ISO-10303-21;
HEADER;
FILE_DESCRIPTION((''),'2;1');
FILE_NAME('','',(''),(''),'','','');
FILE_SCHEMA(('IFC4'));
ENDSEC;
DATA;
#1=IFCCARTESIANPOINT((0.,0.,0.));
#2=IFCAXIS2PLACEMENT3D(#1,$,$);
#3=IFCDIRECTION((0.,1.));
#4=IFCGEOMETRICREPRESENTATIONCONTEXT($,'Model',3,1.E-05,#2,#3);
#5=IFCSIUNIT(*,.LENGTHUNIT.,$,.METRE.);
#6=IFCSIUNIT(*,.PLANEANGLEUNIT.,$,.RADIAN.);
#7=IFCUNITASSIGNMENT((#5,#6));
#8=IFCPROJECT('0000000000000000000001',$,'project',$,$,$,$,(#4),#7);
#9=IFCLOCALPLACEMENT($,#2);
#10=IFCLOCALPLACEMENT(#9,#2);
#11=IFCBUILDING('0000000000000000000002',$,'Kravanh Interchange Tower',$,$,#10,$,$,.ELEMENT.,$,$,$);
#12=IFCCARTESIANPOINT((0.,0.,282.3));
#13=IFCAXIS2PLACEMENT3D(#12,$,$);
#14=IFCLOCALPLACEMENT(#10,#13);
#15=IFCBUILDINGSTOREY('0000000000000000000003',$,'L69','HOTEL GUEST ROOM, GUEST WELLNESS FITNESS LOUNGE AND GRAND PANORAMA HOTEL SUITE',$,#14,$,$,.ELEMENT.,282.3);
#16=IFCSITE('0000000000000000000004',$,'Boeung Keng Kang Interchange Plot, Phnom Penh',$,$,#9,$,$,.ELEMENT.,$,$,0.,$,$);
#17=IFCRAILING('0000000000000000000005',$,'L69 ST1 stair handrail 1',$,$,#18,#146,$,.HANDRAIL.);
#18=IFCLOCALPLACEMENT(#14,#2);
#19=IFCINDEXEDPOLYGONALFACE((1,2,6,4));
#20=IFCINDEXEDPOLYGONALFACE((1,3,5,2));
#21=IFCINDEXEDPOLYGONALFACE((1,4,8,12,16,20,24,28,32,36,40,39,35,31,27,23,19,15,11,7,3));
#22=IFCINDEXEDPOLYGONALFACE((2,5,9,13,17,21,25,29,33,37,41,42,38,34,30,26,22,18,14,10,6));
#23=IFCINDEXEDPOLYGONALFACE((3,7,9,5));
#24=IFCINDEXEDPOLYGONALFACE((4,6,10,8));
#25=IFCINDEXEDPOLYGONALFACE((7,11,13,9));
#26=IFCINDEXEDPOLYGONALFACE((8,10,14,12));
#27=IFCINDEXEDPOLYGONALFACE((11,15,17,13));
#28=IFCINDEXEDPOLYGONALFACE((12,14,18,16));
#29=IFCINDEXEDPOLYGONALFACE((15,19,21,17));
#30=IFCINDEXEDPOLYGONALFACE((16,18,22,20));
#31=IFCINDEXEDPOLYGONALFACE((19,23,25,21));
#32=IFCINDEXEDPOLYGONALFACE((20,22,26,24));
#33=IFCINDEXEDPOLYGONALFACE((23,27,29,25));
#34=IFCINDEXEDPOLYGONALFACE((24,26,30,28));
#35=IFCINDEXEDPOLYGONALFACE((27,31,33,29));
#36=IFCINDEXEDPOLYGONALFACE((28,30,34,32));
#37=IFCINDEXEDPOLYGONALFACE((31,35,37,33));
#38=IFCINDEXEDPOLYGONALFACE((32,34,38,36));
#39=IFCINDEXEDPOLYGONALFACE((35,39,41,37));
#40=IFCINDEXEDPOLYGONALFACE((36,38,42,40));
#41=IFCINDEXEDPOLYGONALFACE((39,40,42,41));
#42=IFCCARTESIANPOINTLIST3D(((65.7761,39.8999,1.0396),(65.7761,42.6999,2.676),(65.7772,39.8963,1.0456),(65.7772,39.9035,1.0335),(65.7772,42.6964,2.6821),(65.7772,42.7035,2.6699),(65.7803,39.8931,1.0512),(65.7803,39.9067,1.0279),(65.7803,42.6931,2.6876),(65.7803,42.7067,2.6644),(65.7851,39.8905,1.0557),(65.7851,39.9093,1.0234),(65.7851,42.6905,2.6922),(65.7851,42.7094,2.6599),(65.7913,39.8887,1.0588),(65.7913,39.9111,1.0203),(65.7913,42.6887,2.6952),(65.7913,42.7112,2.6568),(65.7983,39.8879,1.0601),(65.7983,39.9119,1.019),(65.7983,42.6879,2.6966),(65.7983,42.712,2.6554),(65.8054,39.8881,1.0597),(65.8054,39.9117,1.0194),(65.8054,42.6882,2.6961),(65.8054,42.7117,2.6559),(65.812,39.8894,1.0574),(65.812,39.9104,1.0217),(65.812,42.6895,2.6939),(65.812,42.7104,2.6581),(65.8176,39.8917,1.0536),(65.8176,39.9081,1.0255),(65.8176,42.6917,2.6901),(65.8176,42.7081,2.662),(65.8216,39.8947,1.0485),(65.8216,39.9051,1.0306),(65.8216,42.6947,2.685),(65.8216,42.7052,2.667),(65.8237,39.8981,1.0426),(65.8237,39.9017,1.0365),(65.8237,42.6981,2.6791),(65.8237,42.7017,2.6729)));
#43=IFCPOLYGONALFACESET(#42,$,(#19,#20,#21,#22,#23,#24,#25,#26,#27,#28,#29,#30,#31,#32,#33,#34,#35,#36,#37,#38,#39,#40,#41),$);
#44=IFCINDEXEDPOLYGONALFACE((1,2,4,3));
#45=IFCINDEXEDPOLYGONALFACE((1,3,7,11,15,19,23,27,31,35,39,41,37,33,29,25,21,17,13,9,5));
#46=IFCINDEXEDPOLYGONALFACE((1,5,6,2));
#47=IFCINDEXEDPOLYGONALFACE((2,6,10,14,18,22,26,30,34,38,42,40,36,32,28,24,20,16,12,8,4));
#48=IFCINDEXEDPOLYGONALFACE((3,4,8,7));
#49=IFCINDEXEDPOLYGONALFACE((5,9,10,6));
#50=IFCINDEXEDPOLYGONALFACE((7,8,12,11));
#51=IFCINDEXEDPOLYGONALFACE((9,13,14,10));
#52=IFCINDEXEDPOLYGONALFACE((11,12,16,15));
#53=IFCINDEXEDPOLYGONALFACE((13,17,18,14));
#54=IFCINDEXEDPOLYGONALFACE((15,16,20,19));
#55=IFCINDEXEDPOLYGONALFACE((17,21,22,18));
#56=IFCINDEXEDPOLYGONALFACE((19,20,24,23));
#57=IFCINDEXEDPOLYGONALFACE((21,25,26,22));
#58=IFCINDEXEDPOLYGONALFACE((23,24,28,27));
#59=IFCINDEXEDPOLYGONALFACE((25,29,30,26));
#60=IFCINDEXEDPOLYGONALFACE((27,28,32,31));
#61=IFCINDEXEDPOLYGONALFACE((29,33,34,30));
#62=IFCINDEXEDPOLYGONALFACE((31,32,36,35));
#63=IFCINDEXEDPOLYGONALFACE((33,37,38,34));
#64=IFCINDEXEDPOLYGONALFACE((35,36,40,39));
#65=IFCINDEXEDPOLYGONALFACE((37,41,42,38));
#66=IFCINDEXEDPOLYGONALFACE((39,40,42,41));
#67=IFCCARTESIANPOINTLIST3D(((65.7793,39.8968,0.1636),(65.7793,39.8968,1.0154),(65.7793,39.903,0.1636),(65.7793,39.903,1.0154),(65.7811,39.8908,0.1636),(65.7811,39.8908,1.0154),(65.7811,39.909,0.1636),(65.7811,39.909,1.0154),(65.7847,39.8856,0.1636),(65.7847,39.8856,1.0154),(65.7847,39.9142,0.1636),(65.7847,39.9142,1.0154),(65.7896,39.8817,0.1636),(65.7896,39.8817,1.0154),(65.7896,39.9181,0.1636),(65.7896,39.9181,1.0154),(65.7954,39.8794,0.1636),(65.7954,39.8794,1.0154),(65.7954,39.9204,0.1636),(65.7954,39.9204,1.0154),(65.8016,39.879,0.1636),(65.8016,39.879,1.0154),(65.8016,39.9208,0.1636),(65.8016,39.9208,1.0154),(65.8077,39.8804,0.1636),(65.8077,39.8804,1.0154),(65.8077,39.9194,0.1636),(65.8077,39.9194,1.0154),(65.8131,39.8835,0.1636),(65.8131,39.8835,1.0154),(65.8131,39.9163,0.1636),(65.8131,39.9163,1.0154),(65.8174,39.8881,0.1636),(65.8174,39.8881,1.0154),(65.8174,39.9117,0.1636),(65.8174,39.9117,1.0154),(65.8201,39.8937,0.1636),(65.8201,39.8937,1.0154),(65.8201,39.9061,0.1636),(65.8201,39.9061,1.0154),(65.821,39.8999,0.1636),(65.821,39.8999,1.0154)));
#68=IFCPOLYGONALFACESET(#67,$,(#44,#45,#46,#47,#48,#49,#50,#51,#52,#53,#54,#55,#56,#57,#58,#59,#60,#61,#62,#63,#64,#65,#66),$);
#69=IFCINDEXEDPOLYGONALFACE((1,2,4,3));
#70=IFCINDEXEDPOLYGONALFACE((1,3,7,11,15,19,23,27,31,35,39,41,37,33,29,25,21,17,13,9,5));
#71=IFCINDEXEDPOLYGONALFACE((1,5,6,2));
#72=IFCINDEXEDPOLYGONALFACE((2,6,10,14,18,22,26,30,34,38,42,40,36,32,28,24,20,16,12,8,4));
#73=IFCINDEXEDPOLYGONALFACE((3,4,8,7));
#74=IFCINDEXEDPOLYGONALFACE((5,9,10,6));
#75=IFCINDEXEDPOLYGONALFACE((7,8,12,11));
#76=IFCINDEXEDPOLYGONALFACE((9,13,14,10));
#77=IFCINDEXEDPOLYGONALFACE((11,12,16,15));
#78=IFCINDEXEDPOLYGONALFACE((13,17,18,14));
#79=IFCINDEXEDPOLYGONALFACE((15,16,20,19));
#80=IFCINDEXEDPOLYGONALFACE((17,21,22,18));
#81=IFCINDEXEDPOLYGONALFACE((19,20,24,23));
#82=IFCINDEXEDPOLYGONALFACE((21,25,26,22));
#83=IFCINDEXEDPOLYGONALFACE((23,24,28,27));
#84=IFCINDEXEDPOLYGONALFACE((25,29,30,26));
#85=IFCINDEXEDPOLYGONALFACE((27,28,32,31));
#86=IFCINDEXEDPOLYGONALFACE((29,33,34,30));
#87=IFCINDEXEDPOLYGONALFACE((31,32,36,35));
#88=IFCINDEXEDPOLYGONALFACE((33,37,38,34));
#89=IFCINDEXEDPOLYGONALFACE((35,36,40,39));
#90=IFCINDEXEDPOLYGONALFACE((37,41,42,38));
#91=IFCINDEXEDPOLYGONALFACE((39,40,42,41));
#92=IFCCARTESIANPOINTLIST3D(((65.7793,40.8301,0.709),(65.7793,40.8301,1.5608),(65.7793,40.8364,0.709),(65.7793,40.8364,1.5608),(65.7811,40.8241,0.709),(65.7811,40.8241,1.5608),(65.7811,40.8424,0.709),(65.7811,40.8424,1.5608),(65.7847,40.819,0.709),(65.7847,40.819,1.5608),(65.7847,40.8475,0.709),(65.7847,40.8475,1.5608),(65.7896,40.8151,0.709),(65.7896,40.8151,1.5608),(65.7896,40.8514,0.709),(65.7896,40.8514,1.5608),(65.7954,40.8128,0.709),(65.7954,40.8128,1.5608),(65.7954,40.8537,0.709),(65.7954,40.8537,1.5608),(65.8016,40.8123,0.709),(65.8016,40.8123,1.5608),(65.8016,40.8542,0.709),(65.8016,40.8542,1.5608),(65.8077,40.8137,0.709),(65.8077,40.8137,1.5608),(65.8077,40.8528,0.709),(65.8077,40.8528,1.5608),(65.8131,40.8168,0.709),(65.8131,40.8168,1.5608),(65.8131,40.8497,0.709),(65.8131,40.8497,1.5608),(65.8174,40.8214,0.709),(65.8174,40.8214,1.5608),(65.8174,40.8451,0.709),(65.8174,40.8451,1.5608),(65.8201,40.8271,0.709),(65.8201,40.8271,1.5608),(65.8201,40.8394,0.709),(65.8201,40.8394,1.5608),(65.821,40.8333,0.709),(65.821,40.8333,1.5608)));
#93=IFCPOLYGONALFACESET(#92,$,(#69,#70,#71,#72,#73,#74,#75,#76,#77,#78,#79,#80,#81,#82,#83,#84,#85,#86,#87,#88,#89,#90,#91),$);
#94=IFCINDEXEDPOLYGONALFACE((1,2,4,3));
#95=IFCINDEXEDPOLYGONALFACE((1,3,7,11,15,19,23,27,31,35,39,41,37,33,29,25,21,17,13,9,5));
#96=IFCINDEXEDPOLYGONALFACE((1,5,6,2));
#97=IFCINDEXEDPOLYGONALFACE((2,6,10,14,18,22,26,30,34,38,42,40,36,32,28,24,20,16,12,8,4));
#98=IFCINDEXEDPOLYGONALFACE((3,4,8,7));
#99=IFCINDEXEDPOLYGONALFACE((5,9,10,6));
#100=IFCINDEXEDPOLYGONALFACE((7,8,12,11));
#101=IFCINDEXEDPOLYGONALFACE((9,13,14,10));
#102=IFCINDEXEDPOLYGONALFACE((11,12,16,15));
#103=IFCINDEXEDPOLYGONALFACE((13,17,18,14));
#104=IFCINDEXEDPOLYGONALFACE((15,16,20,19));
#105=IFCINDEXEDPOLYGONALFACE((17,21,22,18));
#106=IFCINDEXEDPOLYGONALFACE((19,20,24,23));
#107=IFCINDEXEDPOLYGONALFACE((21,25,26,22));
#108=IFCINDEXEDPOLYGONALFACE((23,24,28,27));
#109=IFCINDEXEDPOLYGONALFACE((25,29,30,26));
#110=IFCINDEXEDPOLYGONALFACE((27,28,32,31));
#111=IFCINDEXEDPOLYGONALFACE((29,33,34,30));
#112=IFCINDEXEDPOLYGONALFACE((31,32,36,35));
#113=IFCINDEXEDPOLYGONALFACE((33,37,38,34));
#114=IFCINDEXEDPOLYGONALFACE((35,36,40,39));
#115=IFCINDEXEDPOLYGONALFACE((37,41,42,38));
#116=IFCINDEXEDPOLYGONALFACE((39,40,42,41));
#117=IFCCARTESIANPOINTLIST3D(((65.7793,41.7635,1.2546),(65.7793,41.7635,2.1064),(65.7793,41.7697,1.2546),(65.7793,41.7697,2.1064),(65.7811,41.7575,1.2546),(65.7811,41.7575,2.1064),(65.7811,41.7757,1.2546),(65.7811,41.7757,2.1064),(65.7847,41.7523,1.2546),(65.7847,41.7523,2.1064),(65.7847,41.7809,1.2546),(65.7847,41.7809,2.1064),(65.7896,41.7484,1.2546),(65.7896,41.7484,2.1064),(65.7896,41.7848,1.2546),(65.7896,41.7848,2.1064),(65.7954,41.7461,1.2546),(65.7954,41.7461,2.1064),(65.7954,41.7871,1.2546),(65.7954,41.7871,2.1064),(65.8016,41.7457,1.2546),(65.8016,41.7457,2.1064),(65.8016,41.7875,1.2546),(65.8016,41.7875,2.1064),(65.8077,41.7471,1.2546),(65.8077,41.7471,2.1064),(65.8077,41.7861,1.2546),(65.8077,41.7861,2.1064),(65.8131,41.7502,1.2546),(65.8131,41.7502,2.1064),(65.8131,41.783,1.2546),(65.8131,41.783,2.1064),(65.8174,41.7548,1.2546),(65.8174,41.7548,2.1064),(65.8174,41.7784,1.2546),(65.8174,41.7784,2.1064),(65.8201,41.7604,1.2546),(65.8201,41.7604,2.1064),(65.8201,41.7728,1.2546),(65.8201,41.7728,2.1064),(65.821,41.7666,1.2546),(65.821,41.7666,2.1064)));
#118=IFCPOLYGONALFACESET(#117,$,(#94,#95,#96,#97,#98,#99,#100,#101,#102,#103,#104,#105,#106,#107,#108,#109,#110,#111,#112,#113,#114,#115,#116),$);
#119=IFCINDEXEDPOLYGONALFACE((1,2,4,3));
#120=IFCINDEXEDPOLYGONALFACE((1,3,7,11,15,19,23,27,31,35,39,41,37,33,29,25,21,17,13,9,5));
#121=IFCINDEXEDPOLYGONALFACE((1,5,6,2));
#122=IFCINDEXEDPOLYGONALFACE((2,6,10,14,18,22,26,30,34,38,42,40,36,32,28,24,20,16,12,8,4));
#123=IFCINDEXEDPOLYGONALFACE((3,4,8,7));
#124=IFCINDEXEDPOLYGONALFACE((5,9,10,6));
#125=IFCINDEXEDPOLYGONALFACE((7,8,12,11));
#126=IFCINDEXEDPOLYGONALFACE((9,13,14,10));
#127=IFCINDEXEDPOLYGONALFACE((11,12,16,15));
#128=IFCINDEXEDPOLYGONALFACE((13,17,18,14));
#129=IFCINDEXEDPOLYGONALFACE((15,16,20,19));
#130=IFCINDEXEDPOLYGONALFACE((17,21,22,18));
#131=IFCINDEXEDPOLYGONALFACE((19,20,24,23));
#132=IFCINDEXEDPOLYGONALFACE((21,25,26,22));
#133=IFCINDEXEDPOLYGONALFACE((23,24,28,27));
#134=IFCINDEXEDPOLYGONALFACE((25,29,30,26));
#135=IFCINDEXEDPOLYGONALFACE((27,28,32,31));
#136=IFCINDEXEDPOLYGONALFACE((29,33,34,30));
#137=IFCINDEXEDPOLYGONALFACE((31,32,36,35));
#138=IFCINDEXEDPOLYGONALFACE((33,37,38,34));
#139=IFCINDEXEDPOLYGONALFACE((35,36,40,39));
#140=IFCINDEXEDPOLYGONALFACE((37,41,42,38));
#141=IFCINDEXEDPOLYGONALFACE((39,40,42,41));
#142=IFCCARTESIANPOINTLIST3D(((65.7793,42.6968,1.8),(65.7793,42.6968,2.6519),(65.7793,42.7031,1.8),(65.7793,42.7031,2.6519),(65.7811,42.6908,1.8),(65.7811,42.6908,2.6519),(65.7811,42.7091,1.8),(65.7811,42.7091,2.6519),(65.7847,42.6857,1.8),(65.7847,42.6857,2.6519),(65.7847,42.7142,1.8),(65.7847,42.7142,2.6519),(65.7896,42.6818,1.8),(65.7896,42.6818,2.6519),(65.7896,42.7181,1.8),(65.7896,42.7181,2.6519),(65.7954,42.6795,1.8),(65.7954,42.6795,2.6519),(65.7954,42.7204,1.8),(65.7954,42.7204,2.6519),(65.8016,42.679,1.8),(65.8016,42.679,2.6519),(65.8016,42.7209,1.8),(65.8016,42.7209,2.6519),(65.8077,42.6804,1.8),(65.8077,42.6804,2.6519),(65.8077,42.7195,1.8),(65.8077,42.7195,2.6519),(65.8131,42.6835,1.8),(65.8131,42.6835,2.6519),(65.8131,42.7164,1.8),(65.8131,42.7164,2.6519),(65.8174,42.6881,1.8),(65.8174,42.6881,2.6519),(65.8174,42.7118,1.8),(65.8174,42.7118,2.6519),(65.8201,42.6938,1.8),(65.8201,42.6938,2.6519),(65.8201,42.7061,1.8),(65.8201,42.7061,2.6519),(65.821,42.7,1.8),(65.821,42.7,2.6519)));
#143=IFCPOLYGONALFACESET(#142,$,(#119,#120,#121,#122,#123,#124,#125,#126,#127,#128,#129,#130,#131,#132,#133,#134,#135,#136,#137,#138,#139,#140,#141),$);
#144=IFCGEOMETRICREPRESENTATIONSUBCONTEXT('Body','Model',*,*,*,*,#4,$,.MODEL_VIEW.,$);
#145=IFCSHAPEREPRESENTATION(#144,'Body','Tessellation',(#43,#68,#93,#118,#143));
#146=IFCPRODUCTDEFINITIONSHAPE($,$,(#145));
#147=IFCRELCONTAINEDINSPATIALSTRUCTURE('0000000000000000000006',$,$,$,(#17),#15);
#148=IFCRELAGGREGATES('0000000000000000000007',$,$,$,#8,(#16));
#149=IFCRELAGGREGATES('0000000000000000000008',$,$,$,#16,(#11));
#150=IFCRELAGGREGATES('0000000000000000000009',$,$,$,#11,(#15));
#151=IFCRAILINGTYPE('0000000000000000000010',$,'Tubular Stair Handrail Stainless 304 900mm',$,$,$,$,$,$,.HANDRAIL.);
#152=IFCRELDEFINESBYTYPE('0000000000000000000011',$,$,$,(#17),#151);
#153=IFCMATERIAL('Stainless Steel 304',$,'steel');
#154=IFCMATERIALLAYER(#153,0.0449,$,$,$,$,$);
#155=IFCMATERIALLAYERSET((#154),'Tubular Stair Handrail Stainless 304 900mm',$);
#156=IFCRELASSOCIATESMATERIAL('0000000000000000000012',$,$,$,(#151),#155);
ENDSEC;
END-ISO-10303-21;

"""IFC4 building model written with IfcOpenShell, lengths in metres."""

from ifc_helpers import new_model, si_unit, direction, frame, origin, origin_2d, place, context, subcontext, project, spatial, circle, extrude, material, layer, layer_set, type_object, element, save


model = new_model("IFC4")

# Units and contexts
model_context = context("Model", 3, precision=1e-05, world=origin(), true_north=direction((0.0, 1.0)))
body_context = subcontext(model_context, "Body", "Model", "MODEL_VIEW")
ifc_project = project(units=[si_unit("LENGTHUNIT", "METRE"), si_unit("PLANEANGLEUNIT", "RADIAN")], contexts=[model_context])

# Site, building, storey
site_placement = place(None, origin())
site = spatial("IfcSite", under=ifc_project, at=site_placement, Name="Boeung Keng Kang Interchange Plot, Phnom Penh", CompositionType="ELEMENT", RefElevation=0.0)
building_placement = place(site_placement, origin())
building = spatial("IfcBuilding", under=site, at=building_placement, Name="Kravanh Interchange Tower", CompositionType="ELEMENT")
storey_placement = place(building_placement, frame((0.0, 0.0, 282.3)))
storey = spatial("IfcBuildingStorey", under=building, at=storey_placement, Name="L69", Description="HOTEL GUEST ROOM, GUEST WELLNESS FITNESS LOUNGE AND GRAND PANORAMA HOTEL SUITE", CompositionType="ELEMENT", Elevation=282.3)

# Railing
ifc_material_1 = material(Name="Stainless Steel 304", Category="steel")
ifc_layer_1 = layer(ifc_material_1, 0.0449)
ifc_layer_set_1 = layer_set([ifc_layer_1], Name="Tubular Stair Handrail Stainless 304 900mm")
railing_type_1 = type_object("IfcRailingType", Name="Tubular Stair Handrail Stainless 304 900mm", PredefinedType="HANDRAIL", material=ifc_layer_set_1)
railing_1_placement = place(storey_placement, frame((65.8, 39.8999, 0.1636)))
element("IfcRailing", 1, at=railing_1_placement, inside=storey, type_object=railing_type_1, Name="L69 ST1 stair handrail 1", PredefinedType="HANDRAIL", context=body_context, shape_type="SweptSolid", body=[
    extrude(circle(Radius=0.0239, at=origin_2d()), frame((0.0, 0.0, 0.876), z_axis=(0.0, 0.863361, 0.504587), x_axis=(-1.0, 0.0, 0.0)), (0.0, 0.0, 1.0), 3.2432),
    extrude(circle(Radius=0.021, at=origin_2d()), origin(), (0.0, 0.0, 1.0), 0.8518),
    extrude(circle(Radius=0.021, at=origin_2d()), frame((0.0, 0.9333, 0.5454)), (0.0, 0.0, 1.0), 0.8518),
    extrude(circle(Radius=0.021, at=origin_2d()), frame((0.0, 1.8667, 1.0911)), (0.0, 0.0, 1.0), 0.8518),
    extrude(circle(Radius=0.021, at=origin_2d()), frame((0.0, 2.8, 1.6365)), (0.0, 0.0, 1.0), 0.8518),
])

save(model, "model.ifc")
